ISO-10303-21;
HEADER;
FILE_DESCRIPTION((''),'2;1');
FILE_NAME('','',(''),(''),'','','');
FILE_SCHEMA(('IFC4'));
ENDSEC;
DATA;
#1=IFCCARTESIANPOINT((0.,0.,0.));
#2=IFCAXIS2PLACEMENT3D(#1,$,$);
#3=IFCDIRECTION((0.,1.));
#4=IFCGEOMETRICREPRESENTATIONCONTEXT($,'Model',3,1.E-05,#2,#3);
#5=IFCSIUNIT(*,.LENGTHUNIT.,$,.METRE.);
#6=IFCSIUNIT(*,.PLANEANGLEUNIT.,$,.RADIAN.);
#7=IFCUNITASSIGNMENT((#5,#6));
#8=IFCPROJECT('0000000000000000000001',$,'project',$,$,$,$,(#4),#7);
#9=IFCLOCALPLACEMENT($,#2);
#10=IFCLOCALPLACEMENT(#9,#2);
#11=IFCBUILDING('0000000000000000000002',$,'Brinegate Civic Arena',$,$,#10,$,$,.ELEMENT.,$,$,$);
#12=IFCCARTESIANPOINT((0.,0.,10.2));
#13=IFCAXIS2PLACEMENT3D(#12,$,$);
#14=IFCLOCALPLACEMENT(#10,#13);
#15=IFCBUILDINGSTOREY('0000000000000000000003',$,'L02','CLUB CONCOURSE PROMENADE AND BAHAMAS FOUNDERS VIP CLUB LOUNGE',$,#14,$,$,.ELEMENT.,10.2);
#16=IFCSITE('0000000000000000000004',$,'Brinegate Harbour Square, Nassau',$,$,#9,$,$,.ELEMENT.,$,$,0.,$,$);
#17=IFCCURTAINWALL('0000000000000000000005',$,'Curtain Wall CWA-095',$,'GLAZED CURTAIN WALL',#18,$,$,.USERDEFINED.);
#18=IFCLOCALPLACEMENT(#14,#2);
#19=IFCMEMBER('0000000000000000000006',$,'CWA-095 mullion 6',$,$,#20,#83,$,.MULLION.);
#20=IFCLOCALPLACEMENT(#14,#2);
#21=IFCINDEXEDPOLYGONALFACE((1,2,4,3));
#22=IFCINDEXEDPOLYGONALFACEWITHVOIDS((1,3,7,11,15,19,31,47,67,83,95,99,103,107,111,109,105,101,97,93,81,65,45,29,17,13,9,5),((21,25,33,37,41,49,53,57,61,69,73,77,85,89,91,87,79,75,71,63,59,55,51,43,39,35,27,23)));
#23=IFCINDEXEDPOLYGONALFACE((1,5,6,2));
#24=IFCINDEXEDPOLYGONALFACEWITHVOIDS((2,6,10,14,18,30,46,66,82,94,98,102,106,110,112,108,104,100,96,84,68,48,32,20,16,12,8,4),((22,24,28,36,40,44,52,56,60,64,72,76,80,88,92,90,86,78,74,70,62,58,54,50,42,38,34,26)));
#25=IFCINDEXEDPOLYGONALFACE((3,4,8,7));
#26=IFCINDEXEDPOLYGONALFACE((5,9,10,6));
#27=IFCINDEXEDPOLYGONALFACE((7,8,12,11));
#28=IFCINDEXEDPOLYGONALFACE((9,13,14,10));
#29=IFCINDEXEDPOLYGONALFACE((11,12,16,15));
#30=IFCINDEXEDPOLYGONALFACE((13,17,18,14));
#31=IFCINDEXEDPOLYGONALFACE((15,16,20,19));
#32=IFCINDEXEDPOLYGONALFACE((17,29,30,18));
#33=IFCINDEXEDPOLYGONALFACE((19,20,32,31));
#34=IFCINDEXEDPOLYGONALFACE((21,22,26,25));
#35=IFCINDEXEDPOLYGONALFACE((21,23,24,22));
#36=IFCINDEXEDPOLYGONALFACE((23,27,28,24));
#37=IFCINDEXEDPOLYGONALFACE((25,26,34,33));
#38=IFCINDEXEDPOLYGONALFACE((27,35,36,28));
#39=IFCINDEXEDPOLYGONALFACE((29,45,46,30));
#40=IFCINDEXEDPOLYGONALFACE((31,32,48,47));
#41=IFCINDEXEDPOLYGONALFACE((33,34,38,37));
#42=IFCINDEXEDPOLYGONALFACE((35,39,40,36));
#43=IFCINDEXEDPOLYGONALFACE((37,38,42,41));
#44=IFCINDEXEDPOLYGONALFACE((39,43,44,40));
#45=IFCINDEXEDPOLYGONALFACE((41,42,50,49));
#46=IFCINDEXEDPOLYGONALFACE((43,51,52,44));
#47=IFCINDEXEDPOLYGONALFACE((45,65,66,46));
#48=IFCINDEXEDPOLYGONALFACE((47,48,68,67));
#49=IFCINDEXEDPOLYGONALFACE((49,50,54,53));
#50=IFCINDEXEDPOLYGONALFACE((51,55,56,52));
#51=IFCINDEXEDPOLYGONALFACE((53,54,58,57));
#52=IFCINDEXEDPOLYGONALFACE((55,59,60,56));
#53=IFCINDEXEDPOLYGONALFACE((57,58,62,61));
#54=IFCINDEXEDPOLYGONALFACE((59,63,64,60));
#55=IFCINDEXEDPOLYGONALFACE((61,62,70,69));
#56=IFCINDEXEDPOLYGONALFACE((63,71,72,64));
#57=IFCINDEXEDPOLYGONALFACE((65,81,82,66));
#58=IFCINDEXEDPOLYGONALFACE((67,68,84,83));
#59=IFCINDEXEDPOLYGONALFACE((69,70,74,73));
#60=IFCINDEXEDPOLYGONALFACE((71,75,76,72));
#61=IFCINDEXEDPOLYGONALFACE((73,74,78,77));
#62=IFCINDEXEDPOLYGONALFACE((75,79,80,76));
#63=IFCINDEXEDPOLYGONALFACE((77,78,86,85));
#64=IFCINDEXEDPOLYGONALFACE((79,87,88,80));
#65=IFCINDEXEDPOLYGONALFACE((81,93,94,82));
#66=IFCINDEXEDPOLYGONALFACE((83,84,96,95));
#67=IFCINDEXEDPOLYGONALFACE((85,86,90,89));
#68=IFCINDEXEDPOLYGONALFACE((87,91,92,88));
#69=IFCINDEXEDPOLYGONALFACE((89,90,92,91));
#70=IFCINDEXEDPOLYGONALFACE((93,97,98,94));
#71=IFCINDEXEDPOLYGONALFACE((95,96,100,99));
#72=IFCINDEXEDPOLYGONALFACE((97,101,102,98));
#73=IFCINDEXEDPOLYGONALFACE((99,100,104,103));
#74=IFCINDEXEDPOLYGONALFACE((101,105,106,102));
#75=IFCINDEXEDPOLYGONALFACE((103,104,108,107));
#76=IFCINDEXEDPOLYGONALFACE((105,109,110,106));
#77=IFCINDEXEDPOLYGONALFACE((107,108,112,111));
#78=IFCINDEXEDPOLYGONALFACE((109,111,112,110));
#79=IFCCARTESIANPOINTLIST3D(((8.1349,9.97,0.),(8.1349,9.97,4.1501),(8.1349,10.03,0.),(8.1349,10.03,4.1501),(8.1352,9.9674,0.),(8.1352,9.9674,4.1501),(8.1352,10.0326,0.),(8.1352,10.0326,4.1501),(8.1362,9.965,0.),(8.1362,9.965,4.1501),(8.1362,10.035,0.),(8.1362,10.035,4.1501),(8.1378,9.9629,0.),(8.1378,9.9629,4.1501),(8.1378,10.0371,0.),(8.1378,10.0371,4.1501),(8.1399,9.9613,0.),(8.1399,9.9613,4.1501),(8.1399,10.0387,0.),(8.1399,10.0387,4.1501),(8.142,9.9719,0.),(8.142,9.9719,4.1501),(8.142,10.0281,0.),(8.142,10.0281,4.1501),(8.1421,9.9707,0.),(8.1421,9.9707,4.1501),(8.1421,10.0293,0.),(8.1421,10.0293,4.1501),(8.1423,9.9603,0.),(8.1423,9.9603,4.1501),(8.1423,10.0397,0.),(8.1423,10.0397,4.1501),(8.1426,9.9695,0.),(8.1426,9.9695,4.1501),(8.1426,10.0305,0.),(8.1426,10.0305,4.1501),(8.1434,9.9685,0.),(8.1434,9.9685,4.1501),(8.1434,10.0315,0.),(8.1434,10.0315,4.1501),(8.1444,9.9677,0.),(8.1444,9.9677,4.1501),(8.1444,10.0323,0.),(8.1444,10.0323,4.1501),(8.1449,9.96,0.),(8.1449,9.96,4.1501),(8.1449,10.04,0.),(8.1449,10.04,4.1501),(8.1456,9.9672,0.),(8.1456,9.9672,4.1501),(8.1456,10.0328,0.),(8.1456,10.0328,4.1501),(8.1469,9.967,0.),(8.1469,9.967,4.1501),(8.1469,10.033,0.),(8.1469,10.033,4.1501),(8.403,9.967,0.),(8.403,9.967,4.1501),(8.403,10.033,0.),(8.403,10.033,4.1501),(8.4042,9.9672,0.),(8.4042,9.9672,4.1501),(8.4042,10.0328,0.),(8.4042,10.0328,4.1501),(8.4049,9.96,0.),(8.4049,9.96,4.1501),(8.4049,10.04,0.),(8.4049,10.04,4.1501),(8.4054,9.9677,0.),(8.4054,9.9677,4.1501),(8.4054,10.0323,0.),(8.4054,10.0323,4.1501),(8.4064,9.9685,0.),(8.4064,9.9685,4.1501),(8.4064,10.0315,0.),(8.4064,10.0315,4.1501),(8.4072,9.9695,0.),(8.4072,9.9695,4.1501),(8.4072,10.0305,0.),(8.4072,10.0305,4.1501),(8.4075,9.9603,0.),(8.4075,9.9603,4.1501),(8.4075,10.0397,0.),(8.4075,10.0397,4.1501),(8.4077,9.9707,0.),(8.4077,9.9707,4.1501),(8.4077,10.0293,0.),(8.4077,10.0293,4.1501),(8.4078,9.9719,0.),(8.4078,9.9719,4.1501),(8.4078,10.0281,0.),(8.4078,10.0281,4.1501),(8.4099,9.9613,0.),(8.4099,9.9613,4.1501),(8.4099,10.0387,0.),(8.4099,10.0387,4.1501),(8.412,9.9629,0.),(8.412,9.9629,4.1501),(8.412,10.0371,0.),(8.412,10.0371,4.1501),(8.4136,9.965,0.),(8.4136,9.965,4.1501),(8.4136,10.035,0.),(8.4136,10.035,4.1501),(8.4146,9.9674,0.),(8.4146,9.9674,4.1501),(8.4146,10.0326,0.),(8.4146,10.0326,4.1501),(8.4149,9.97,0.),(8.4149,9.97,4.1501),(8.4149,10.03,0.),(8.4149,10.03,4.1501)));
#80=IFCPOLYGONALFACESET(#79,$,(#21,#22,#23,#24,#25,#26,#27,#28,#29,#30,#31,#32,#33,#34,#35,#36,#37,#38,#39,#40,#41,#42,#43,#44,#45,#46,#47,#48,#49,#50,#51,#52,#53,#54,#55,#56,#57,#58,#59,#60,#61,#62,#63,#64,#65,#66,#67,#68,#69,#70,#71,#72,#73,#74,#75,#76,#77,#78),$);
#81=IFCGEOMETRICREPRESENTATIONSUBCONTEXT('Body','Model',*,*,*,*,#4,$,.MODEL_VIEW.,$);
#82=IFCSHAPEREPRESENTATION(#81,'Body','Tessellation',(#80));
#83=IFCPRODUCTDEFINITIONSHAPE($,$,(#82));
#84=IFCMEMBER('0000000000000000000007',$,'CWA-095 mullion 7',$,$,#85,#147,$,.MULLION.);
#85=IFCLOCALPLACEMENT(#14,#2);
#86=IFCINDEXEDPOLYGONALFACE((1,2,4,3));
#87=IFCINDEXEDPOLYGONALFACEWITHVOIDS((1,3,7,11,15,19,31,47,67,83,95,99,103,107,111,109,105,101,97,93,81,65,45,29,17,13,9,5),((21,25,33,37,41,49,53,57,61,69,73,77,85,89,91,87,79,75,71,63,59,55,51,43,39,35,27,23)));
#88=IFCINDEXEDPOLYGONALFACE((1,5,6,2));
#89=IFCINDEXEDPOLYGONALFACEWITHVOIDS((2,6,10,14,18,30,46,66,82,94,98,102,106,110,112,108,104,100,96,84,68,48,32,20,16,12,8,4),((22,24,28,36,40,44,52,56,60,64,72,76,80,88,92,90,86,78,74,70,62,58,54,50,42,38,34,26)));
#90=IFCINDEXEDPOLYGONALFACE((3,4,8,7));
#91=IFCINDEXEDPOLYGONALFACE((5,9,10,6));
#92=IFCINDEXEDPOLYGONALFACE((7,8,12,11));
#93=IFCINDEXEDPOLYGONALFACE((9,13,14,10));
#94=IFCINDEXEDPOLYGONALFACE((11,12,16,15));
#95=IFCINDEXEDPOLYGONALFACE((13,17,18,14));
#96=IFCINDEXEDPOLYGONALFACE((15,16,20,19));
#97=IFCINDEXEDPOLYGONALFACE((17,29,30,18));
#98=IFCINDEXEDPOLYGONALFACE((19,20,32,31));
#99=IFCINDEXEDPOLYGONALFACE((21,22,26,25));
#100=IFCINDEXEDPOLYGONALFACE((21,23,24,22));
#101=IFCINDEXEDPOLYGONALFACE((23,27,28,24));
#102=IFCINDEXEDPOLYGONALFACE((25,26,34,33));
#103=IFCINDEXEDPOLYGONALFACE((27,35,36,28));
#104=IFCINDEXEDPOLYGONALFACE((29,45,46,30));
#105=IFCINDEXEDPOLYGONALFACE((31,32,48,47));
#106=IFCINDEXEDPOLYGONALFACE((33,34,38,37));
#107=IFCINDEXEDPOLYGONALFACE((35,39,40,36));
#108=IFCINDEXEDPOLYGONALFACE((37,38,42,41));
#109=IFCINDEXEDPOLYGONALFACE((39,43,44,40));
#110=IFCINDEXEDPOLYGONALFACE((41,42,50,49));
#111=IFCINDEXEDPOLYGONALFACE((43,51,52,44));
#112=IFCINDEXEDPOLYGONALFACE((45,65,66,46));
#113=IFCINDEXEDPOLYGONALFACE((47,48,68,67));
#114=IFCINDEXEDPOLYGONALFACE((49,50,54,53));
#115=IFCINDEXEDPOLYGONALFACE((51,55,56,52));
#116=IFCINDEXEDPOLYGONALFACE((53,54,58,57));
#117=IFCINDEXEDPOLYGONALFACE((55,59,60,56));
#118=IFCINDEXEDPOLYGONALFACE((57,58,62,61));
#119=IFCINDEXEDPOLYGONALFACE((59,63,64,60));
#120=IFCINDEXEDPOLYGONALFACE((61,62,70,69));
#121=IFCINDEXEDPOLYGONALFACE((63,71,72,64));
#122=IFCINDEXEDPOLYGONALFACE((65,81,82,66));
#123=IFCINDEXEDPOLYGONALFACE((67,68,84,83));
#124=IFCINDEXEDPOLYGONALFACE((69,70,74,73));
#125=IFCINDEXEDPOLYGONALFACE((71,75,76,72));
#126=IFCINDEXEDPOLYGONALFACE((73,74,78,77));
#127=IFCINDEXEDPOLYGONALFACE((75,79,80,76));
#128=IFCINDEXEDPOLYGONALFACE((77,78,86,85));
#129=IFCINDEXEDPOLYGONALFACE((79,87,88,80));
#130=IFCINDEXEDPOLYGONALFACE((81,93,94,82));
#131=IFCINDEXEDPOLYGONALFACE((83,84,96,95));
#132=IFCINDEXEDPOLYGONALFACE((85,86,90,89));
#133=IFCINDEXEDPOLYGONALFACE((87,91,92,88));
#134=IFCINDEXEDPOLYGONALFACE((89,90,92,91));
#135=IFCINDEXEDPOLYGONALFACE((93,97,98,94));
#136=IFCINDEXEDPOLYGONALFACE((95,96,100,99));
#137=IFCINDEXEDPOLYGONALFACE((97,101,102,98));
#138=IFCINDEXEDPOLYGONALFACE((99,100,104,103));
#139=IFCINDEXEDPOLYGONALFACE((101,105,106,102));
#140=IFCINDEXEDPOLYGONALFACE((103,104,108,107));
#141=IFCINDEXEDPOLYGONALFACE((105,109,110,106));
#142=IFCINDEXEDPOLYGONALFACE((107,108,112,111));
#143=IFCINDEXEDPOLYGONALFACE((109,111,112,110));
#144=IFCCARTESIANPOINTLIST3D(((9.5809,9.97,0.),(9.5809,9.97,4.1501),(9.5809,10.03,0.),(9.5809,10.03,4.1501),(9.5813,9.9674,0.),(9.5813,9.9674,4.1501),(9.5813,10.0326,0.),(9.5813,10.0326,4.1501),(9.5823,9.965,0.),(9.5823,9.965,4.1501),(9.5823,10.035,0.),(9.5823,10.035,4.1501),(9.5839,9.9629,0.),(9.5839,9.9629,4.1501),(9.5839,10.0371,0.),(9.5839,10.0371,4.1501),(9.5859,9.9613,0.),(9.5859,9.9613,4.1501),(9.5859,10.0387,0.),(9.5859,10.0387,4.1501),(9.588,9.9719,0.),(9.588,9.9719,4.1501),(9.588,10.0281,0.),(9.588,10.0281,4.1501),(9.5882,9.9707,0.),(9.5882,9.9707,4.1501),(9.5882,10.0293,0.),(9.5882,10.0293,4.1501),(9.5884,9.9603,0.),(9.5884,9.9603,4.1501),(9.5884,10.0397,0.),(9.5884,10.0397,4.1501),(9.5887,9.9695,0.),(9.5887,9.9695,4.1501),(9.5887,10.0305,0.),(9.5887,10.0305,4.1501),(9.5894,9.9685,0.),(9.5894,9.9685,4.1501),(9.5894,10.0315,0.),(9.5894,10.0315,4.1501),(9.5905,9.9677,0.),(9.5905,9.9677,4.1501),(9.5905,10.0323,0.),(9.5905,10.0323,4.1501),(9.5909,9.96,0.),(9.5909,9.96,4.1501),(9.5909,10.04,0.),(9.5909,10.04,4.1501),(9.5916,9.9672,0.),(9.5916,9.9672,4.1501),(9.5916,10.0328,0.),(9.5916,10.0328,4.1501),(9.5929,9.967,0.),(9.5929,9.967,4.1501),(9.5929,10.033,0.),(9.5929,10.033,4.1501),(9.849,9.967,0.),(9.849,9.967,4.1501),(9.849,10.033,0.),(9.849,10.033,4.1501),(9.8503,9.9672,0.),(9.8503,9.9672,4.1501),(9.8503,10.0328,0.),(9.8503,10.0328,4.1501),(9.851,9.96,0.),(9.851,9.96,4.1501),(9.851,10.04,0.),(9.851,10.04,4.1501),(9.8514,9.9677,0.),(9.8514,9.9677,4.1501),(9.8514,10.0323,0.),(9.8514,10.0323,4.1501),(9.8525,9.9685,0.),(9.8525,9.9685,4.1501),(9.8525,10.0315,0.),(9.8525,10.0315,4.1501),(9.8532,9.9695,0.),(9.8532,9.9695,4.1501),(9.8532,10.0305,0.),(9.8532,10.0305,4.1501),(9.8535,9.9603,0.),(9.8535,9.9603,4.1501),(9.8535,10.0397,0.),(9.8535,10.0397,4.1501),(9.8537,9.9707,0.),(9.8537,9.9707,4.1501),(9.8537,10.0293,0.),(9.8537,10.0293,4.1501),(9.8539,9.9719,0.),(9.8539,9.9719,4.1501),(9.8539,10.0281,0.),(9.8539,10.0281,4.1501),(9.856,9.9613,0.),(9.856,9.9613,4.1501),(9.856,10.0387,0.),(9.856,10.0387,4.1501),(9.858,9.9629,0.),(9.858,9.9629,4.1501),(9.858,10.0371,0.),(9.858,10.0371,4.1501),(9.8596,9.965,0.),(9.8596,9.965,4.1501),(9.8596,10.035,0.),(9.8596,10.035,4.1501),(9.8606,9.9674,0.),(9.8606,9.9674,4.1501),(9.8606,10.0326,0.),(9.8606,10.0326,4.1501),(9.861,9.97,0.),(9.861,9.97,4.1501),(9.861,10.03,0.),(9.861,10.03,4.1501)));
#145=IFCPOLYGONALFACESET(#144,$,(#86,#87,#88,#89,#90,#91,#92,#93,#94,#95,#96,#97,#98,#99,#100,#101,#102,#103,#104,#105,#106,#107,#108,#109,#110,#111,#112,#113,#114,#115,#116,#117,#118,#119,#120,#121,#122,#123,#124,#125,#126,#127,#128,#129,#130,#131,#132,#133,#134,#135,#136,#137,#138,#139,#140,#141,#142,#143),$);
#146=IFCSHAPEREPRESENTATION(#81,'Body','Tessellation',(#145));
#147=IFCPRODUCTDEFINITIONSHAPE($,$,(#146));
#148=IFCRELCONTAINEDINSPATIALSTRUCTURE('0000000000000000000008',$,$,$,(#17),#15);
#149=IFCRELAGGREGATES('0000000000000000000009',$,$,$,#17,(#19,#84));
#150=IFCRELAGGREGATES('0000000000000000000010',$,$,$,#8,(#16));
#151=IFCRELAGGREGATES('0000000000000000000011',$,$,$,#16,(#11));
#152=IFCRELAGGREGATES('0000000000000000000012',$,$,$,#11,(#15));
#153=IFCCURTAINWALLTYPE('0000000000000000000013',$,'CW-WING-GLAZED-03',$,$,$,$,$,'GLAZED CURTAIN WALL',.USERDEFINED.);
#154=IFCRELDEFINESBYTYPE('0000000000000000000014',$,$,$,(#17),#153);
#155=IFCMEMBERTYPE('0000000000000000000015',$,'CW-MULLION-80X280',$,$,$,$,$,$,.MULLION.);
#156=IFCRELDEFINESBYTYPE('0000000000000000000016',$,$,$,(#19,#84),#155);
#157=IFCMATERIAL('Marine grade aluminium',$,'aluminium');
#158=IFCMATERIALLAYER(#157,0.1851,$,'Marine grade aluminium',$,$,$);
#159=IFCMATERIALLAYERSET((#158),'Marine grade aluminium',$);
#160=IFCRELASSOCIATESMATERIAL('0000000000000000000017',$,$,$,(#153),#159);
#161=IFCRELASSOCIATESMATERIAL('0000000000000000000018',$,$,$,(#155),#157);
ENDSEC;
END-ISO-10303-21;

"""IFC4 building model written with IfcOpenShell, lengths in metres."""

from ifc_helpers import new_model, si_unit, direction, frame, origin, origin_2d, place, context, subcontext, project, spatial, hollow_rectangle, extrude, material, layer, layer_set, material_profile, profile_set, type_object, element, aggregate, save


model = new_model("IFC4")

# Units and contexts
model_context = context("Model", 3, precision=1e-05, world=origin(), true_north=direction((0.0, 1.0)))
body_context = subcontext(model_context, "Body", "Model", "MODEL_VIEW")
ifc_project = project(units=[si_unit("LENGTHUNIT", "METRE"), si_unit("PLANEANGLEUNIT", "RADIAN")], contexts=[model_context])

# Site, building, storey
site_placement = place(None, origin())
site = spatial("IfcSite", under=ifc_project, at=site_placement, Name="Brinegate Harbour Square, Nassau", CompositionType="ELEMENT", RefElevation=0.0)
building_placement = place(site_placement, origin())
building = spatial("IfcBuilding", under=site, at=building_placement, Name="Brinegate Civic Arena", CompositionType="ELEMENT")
storey_placement = place(building_placement, frame((0.0, 0.0, 10.2)))
storey = spatial("IfcBuildingStorey", under=building, at=storey_placement, Name="L02", Description="CLUB CONCOURSE PROMENADE AND BAHAMAS FOUNDERS VIP CLUB LOUNGE", CompositionType="ELEMENT", Elevation=10.2)

# Curtain wall, members
ifc_material_1 = material(Name="Marine grade aluminium", Category="aluminium")
ifc_layer_1 = layer(ifc_material_1, 0.1851, Name="Marine grade aluminium")
ifc_layer_set_1 = layer_set([ifc_layer_1], Name="Marine grade aluminium")
curtain_wall_type = type_object("IfcCurtainWallType", Name="CW-WING-GLAZED-03", ElementType="GLAZED CURTAIN WALL", PredefinedType="USERDEFINED", material=ifc_layer_set_1)
curtain_wall_placement = place(storey_placement, origin())
curtain_wall = element("IfcCurtainWall", 1, at=curtain_wall_placement, inside=storey, type_object=curtain_wall_type, Name="Curtain Wall CWA-095", ObjectType="GLAZED CURTAIN WALL", PredefinedType="USERDEFINED")
ifc_material_profile_1 = material_profile(ifc_material_1, hollow_rectangle(XDim=0.0801, YDim=0.28, WallThickness=0.0071, InnerFilletRadius=0.0049, OuterFilletRadius=0.01, at=origin_2d()), Name="MUL80X280")
ifc_profile_set_1 = profile_set([ifc_material_profile_1], Name="Marine grade aluminium")
member_type_1 = type_object("IfcMemberType", Name="CW-MULLION-80X280", PredefinedType="MULLION", material=ifc_profile_set_1)
member_1_placement = place(storey_placement, frame((8.2749, 10.0, 0.0), z_axis=(0.0, 0.0, 1.0), x_axis=(0.0, 1.0, 0.0)))
member_1 = element("IfcMember", 2, at=member_1_placement, type_object=member_type_1, Name="CWA-095 mullion 6", PredefinedType="MULLION", context=body_context, shape_type="SweptSolid", body=[
    extrude(hollow_rectangle(XDim=0.0801, YDim=0.28, WallThickness=0.0071, InnerFilletRadius=0.0049, OuterFilletRadius=0.01, at=origin_2d()), origin(), (0.0, 0.0, 1.0), 4.1501),
])
member_2_placement = place(storey_placement, frame((9.7209, 10.0, 0.0), z_axis=(0.0, 0.0, 1.0), x_axis=(0.0, 1.0, 0.0)))
member_2 = element("IfcMember", 3, at=member_2_placement, type_object=member_type_1, Name="CWA-095 mullion 7", PredefinedType="MULLION", context=body_context, shape_type="SweptSolid", body=[
    extrude(hollow_rectangle(XDim=0.0801, YDim=0.28, WallThickness=0.0071, InnerFilletRadius=0.0049, OuterFilletRadius=0.01, at=origin_2d()), origin(), (0.0, 0.0, 1.0), 4.1501),
])
aggregate(curtain_wall, [member_1, member_2])

save(model, "model.ifc")
